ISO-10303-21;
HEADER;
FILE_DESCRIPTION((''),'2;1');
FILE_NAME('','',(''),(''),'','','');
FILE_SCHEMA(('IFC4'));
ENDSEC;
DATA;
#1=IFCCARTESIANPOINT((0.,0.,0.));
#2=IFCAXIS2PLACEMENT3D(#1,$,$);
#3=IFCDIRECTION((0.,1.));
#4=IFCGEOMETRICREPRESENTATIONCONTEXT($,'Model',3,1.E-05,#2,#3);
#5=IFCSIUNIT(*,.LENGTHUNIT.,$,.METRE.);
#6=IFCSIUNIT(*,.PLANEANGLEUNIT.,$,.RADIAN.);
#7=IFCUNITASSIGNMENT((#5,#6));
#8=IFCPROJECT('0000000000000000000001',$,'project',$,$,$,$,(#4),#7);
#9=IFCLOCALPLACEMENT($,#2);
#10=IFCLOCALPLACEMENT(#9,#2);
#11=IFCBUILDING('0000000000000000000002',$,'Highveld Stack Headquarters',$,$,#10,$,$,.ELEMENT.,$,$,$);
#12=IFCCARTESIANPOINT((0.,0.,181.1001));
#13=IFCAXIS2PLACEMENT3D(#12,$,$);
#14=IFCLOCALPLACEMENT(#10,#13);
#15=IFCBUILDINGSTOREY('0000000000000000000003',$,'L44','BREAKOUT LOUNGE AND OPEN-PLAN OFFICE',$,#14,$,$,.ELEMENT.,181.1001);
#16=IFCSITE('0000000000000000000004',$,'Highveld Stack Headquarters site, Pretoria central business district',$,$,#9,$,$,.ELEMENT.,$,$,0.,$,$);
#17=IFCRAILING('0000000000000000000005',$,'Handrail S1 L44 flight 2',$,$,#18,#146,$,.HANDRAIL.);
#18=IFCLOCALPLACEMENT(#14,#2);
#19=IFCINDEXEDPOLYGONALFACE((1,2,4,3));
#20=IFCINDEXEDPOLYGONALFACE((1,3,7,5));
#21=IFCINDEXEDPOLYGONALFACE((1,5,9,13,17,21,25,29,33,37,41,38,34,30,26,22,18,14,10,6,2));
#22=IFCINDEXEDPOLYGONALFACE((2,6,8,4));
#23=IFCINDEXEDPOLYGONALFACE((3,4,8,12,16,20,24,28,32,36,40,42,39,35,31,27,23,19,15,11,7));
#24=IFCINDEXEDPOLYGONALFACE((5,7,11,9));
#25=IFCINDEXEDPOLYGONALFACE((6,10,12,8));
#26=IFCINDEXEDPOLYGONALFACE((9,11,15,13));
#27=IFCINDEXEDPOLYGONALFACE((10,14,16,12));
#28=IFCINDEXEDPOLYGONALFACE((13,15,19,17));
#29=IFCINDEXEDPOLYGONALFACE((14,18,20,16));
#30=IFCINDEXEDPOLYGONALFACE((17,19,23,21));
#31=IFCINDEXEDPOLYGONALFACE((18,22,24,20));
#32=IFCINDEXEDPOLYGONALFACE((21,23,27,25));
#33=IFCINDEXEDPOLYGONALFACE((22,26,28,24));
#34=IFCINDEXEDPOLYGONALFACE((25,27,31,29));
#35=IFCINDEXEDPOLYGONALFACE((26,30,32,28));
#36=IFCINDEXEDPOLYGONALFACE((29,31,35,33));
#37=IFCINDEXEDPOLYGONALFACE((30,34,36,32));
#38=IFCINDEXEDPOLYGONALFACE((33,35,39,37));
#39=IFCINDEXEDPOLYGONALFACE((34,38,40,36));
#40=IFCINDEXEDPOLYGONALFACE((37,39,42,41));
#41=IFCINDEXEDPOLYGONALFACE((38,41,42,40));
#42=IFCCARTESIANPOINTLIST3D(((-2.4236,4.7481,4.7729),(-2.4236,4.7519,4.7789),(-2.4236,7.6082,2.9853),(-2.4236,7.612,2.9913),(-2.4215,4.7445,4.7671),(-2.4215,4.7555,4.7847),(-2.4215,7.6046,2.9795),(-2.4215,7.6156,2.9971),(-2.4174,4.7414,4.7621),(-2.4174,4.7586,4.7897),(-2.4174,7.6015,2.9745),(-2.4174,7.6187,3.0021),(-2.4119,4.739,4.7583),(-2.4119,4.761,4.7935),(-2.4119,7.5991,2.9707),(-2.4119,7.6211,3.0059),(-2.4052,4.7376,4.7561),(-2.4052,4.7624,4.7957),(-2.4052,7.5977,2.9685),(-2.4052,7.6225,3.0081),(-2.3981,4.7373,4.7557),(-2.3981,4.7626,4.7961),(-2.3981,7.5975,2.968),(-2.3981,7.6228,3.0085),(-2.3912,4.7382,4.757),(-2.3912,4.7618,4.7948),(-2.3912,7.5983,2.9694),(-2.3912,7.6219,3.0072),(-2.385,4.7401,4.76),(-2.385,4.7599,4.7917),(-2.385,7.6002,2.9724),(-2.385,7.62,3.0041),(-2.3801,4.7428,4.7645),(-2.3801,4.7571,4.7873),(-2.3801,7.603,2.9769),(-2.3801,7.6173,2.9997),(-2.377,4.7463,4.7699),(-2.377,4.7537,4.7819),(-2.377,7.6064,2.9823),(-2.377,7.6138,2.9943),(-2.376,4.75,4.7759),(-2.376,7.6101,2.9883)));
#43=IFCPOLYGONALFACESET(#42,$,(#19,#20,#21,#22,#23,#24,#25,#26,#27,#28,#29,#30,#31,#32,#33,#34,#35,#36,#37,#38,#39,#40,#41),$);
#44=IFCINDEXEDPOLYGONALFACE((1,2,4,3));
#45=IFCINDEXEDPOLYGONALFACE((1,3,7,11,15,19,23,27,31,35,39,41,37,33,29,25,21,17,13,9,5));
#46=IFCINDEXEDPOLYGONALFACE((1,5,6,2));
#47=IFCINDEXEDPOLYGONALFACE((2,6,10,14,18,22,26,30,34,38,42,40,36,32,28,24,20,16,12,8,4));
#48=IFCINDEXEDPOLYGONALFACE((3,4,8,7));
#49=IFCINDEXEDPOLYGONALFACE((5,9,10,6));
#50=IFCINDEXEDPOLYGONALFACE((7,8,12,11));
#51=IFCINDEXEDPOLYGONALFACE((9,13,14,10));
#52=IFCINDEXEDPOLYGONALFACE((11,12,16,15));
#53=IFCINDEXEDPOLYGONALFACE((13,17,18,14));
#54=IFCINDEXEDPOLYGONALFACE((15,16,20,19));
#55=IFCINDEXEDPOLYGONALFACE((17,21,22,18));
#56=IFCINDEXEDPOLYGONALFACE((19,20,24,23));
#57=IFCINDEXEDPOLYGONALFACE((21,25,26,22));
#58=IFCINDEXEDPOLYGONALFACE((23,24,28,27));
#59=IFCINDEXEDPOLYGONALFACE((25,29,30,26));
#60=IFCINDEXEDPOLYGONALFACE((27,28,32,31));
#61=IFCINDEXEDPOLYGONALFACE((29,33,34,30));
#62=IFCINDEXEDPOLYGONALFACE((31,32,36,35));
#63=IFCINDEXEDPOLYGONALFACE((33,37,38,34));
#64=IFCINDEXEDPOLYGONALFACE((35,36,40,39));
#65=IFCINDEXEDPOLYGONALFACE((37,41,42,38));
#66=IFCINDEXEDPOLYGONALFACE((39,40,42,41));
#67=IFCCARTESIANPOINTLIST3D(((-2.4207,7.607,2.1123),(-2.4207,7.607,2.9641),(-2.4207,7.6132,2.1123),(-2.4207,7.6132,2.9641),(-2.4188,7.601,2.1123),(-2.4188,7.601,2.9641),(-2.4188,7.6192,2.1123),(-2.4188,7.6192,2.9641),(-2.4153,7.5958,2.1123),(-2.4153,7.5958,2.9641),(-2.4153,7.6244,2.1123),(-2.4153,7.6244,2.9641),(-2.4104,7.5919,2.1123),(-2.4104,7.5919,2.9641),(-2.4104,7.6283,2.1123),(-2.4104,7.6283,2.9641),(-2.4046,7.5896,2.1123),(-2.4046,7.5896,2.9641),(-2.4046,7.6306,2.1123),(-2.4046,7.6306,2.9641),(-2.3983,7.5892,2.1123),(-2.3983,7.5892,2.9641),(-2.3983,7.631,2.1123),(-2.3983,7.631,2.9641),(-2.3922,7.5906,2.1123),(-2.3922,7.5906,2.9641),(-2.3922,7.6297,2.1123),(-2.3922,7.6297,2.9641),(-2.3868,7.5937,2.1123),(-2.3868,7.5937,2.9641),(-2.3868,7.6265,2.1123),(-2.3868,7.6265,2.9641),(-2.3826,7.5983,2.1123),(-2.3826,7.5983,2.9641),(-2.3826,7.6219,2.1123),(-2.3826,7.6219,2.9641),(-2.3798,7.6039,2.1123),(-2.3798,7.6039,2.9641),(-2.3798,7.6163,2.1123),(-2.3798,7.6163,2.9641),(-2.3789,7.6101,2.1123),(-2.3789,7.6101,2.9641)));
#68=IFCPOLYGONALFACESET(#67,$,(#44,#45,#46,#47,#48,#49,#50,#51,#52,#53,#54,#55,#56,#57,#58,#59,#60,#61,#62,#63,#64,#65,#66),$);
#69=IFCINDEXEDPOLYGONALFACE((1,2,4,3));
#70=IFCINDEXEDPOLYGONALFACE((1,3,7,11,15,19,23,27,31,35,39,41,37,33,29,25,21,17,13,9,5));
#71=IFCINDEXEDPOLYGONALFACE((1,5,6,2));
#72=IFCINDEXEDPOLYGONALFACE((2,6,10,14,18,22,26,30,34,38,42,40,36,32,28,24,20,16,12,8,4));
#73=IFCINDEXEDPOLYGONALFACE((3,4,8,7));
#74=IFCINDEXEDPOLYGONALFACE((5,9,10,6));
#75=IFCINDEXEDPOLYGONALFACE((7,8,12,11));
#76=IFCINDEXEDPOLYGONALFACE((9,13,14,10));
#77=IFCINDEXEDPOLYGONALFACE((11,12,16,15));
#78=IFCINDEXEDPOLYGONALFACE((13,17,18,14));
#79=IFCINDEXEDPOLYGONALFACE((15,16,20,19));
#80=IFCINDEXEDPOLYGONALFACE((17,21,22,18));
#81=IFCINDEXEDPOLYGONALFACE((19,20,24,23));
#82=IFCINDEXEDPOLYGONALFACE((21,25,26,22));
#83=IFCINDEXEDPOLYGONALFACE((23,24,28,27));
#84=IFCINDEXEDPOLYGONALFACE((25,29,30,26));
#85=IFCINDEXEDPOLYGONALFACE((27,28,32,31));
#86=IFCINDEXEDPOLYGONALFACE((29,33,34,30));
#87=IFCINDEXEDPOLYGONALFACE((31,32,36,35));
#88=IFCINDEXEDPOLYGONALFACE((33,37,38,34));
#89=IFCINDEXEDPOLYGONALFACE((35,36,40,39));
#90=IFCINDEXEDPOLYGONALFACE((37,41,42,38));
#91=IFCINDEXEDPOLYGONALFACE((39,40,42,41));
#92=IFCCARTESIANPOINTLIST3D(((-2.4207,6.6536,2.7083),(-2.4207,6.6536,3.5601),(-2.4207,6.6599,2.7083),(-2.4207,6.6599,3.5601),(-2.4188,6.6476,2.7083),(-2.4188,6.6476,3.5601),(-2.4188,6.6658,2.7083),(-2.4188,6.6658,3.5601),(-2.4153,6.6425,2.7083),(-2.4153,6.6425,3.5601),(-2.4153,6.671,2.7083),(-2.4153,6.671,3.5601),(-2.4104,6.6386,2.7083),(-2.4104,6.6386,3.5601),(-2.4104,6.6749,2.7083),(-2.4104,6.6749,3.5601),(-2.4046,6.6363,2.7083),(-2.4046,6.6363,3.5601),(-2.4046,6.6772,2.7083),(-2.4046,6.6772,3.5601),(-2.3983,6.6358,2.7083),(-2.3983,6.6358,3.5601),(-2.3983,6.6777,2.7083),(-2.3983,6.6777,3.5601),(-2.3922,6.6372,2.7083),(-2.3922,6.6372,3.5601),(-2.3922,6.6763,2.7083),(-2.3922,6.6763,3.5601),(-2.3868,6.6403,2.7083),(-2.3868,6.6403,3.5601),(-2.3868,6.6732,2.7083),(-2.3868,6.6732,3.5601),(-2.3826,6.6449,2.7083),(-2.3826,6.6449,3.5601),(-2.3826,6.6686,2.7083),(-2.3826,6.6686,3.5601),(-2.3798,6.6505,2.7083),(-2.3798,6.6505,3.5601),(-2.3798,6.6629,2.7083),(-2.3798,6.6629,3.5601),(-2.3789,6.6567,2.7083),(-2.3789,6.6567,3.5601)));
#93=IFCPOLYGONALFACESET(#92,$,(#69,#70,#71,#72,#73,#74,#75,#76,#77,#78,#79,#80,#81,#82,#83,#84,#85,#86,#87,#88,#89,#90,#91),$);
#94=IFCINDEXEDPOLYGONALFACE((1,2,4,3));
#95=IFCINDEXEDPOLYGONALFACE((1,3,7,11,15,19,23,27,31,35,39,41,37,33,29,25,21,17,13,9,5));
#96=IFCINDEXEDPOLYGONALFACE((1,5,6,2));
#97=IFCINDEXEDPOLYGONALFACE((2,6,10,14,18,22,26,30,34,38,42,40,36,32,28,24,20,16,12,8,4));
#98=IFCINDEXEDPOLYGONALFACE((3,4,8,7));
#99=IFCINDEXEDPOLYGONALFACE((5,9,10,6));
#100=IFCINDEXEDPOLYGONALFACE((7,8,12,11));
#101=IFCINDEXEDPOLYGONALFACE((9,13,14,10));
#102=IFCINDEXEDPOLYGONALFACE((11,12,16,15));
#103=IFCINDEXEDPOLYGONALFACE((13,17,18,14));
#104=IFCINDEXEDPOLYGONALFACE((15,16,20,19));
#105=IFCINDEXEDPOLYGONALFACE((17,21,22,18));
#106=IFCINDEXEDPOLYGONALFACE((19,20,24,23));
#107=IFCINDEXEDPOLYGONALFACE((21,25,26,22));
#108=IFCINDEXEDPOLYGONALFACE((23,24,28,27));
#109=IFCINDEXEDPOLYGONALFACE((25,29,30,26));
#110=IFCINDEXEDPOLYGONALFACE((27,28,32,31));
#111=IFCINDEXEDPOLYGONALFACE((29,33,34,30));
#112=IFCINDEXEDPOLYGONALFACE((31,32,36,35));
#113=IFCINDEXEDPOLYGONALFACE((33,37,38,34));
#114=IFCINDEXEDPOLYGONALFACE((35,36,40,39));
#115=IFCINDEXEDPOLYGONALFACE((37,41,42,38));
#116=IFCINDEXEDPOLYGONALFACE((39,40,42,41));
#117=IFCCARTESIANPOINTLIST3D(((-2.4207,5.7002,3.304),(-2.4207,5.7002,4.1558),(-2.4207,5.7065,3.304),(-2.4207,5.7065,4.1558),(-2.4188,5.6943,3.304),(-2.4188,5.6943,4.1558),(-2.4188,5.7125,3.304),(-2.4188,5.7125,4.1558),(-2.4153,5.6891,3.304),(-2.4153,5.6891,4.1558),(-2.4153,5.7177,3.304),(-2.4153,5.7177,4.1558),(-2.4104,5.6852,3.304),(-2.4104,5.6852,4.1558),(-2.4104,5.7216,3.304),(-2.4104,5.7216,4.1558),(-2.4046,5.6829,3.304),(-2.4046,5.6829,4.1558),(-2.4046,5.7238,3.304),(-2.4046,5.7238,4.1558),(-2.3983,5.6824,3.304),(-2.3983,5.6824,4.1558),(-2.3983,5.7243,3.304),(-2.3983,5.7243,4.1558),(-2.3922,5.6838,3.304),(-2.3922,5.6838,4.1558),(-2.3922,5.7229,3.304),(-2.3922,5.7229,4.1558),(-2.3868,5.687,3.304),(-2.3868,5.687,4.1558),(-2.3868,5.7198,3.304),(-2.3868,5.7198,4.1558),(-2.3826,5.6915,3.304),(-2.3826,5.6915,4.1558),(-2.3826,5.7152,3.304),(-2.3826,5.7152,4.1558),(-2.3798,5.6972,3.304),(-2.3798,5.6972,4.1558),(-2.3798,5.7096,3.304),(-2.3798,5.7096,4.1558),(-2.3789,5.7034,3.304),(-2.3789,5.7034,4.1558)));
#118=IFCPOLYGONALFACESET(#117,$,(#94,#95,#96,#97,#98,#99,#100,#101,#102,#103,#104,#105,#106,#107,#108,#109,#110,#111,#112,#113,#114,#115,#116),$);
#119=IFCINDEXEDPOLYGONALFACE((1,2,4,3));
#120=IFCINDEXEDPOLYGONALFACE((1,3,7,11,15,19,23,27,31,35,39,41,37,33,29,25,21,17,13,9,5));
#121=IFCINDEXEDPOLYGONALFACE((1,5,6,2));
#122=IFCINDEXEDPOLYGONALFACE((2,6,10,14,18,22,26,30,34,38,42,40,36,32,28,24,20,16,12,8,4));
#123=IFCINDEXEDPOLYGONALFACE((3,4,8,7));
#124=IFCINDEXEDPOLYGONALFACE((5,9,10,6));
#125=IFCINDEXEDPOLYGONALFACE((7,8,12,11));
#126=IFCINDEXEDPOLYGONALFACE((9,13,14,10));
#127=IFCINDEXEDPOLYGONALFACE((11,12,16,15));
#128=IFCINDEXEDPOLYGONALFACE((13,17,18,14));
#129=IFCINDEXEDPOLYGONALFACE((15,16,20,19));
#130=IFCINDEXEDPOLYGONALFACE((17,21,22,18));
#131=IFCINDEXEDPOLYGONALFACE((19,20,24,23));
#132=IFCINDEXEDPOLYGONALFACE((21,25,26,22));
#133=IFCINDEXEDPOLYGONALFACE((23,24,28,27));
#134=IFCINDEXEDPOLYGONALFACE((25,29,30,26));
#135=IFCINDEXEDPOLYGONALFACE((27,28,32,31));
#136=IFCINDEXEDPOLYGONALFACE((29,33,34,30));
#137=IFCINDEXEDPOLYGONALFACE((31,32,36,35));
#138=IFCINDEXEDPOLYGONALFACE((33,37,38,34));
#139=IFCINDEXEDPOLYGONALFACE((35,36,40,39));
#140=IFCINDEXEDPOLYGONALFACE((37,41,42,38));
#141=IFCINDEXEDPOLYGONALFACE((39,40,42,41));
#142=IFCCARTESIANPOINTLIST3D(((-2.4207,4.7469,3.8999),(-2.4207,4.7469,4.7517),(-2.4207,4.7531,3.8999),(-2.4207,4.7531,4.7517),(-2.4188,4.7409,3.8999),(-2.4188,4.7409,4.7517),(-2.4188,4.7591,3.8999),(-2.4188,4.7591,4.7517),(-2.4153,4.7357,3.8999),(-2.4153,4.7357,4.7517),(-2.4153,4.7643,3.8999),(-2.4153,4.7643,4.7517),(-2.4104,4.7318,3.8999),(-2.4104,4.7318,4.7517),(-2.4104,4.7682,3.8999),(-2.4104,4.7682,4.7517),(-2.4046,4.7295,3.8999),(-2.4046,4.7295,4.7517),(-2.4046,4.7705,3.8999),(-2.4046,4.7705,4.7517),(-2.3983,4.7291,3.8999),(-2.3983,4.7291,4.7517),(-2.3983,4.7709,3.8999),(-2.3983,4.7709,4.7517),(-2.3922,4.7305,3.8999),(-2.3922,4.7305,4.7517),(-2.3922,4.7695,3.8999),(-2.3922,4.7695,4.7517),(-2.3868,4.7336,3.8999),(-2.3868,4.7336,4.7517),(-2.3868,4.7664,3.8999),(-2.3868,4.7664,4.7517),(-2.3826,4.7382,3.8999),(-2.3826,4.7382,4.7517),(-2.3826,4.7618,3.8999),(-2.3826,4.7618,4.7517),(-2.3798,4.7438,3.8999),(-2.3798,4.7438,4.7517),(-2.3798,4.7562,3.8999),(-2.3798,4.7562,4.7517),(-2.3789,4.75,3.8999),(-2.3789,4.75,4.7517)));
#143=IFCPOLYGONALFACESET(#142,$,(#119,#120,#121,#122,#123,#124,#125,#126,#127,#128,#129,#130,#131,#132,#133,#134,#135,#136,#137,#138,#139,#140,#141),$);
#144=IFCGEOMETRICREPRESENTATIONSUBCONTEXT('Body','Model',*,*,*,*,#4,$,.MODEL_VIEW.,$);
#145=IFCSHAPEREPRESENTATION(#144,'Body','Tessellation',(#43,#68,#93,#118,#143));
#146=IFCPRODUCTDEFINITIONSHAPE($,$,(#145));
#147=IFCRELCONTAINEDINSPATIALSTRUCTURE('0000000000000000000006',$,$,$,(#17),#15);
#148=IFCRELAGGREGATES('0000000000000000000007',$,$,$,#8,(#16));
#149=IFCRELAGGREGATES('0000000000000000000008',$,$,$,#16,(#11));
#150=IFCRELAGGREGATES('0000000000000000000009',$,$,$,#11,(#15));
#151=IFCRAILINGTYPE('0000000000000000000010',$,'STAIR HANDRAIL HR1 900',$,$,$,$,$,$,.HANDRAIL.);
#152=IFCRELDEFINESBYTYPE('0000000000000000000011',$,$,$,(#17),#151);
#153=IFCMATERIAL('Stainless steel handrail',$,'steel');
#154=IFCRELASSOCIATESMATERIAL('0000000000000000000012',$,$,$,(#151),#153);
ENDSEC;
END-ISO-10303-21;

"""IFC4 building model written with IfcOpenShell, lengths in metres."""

from ifc_helpers import new_model, si_unit, direction, frame, origin, origin_2d, place, context, subcontext, project, spatial, circle, extrude, material, type_object, element, save


model = new_model("IFC4")

# Units and contexts
model_context = context("Model", 3, precision=1e-05, world=origin(), true_north=direction((0.0, 1.0)))
body_context = subcontext(model_context, "Body", "Model", "MODEL_VIEW")
ifc_project = project(units=[si_unit("LENGTHUNIT", "METRE"), si_unit("PLANEANGLEUNIT", "RADIAN")], contexts=[model_context])

# Site, building, storey
site_placement = place(None, origin())
site = spatial("IfcSite", under=ifc_project, at=site_placement, Name="Highveld Stack Headquarters site, Pretoria central business district", CompositionType="ELEMENT", RefElevation=0.0)
building_placement = place(site_placement, origin())
building = spatial("IfcBuilding", under=site, at=building_placement, Name="Highveld Stack Headquarters", CompositionType="ELEMENT")
storey_placement = place(building_placement, frame((0.0, 0.0, 181.1001)))
storey = spatial("IfcBuildingStorey", under=building, at=storey_placement, Name="L44", Description="BREAKOUT LOUNGE AND OPEN-PLAN OFFICE", CompositionType="ELEMENT", Elevation=181.1001)

# Railing
ifc_material_1 = material(Name="Stainless steel handrail", Category="steel")
railing_type = type_object("IfcRailingType", Name="STAIR HANDRAIL HR1 900", PredefinedType="HANDRAIL", material=ifc_material_1)
for number, where, name in (
    (1, (-2.3999, 7.6101, 2.1123), "Handrail S1 L44 flight 2"),
):
    element("IfcRailing", number, at=place(storey_placement, frame(where)), inside=storey, type_object=railing_type, Name=name, PredefinedType="HANDRAIL", context=body_context, shape_type="SweptSolid", body=[
        extrude(circle(Radius=0.0239, at=origin_2d()), frame((0.0, 0.0, 0.876), z_axis=(0.0, -0.847994, 0.530005), x_axis=(1.0, 0.0, 0.0)), (0.0, 0.0, 1.0), 3.3728),
        extrude(circle(Radius=0.021, at=origin_2d()), origin(), (0.0, 0.0, 1.0), 0.8518),
        extrude(circle(Radius=0.021, at=origin_2d()), frame((0.0, -0.9534, 0.5959)), (0.0, 0.0, 1.0), 0.8518),
        extrude(circle(Radius=0.021, at=origin_2d()), frame((0.0, -1.9067, 1.1917)), (0.0, 0.0, 1.0), 0.8518),
        extrude(circle(Radius=0.021, at=origin_2d()), frame((0.0, -2.8601, 1.7876)), (0.0, 0.0, 1.0), 0.8518),
    ])

save(model, "model.ifc")
